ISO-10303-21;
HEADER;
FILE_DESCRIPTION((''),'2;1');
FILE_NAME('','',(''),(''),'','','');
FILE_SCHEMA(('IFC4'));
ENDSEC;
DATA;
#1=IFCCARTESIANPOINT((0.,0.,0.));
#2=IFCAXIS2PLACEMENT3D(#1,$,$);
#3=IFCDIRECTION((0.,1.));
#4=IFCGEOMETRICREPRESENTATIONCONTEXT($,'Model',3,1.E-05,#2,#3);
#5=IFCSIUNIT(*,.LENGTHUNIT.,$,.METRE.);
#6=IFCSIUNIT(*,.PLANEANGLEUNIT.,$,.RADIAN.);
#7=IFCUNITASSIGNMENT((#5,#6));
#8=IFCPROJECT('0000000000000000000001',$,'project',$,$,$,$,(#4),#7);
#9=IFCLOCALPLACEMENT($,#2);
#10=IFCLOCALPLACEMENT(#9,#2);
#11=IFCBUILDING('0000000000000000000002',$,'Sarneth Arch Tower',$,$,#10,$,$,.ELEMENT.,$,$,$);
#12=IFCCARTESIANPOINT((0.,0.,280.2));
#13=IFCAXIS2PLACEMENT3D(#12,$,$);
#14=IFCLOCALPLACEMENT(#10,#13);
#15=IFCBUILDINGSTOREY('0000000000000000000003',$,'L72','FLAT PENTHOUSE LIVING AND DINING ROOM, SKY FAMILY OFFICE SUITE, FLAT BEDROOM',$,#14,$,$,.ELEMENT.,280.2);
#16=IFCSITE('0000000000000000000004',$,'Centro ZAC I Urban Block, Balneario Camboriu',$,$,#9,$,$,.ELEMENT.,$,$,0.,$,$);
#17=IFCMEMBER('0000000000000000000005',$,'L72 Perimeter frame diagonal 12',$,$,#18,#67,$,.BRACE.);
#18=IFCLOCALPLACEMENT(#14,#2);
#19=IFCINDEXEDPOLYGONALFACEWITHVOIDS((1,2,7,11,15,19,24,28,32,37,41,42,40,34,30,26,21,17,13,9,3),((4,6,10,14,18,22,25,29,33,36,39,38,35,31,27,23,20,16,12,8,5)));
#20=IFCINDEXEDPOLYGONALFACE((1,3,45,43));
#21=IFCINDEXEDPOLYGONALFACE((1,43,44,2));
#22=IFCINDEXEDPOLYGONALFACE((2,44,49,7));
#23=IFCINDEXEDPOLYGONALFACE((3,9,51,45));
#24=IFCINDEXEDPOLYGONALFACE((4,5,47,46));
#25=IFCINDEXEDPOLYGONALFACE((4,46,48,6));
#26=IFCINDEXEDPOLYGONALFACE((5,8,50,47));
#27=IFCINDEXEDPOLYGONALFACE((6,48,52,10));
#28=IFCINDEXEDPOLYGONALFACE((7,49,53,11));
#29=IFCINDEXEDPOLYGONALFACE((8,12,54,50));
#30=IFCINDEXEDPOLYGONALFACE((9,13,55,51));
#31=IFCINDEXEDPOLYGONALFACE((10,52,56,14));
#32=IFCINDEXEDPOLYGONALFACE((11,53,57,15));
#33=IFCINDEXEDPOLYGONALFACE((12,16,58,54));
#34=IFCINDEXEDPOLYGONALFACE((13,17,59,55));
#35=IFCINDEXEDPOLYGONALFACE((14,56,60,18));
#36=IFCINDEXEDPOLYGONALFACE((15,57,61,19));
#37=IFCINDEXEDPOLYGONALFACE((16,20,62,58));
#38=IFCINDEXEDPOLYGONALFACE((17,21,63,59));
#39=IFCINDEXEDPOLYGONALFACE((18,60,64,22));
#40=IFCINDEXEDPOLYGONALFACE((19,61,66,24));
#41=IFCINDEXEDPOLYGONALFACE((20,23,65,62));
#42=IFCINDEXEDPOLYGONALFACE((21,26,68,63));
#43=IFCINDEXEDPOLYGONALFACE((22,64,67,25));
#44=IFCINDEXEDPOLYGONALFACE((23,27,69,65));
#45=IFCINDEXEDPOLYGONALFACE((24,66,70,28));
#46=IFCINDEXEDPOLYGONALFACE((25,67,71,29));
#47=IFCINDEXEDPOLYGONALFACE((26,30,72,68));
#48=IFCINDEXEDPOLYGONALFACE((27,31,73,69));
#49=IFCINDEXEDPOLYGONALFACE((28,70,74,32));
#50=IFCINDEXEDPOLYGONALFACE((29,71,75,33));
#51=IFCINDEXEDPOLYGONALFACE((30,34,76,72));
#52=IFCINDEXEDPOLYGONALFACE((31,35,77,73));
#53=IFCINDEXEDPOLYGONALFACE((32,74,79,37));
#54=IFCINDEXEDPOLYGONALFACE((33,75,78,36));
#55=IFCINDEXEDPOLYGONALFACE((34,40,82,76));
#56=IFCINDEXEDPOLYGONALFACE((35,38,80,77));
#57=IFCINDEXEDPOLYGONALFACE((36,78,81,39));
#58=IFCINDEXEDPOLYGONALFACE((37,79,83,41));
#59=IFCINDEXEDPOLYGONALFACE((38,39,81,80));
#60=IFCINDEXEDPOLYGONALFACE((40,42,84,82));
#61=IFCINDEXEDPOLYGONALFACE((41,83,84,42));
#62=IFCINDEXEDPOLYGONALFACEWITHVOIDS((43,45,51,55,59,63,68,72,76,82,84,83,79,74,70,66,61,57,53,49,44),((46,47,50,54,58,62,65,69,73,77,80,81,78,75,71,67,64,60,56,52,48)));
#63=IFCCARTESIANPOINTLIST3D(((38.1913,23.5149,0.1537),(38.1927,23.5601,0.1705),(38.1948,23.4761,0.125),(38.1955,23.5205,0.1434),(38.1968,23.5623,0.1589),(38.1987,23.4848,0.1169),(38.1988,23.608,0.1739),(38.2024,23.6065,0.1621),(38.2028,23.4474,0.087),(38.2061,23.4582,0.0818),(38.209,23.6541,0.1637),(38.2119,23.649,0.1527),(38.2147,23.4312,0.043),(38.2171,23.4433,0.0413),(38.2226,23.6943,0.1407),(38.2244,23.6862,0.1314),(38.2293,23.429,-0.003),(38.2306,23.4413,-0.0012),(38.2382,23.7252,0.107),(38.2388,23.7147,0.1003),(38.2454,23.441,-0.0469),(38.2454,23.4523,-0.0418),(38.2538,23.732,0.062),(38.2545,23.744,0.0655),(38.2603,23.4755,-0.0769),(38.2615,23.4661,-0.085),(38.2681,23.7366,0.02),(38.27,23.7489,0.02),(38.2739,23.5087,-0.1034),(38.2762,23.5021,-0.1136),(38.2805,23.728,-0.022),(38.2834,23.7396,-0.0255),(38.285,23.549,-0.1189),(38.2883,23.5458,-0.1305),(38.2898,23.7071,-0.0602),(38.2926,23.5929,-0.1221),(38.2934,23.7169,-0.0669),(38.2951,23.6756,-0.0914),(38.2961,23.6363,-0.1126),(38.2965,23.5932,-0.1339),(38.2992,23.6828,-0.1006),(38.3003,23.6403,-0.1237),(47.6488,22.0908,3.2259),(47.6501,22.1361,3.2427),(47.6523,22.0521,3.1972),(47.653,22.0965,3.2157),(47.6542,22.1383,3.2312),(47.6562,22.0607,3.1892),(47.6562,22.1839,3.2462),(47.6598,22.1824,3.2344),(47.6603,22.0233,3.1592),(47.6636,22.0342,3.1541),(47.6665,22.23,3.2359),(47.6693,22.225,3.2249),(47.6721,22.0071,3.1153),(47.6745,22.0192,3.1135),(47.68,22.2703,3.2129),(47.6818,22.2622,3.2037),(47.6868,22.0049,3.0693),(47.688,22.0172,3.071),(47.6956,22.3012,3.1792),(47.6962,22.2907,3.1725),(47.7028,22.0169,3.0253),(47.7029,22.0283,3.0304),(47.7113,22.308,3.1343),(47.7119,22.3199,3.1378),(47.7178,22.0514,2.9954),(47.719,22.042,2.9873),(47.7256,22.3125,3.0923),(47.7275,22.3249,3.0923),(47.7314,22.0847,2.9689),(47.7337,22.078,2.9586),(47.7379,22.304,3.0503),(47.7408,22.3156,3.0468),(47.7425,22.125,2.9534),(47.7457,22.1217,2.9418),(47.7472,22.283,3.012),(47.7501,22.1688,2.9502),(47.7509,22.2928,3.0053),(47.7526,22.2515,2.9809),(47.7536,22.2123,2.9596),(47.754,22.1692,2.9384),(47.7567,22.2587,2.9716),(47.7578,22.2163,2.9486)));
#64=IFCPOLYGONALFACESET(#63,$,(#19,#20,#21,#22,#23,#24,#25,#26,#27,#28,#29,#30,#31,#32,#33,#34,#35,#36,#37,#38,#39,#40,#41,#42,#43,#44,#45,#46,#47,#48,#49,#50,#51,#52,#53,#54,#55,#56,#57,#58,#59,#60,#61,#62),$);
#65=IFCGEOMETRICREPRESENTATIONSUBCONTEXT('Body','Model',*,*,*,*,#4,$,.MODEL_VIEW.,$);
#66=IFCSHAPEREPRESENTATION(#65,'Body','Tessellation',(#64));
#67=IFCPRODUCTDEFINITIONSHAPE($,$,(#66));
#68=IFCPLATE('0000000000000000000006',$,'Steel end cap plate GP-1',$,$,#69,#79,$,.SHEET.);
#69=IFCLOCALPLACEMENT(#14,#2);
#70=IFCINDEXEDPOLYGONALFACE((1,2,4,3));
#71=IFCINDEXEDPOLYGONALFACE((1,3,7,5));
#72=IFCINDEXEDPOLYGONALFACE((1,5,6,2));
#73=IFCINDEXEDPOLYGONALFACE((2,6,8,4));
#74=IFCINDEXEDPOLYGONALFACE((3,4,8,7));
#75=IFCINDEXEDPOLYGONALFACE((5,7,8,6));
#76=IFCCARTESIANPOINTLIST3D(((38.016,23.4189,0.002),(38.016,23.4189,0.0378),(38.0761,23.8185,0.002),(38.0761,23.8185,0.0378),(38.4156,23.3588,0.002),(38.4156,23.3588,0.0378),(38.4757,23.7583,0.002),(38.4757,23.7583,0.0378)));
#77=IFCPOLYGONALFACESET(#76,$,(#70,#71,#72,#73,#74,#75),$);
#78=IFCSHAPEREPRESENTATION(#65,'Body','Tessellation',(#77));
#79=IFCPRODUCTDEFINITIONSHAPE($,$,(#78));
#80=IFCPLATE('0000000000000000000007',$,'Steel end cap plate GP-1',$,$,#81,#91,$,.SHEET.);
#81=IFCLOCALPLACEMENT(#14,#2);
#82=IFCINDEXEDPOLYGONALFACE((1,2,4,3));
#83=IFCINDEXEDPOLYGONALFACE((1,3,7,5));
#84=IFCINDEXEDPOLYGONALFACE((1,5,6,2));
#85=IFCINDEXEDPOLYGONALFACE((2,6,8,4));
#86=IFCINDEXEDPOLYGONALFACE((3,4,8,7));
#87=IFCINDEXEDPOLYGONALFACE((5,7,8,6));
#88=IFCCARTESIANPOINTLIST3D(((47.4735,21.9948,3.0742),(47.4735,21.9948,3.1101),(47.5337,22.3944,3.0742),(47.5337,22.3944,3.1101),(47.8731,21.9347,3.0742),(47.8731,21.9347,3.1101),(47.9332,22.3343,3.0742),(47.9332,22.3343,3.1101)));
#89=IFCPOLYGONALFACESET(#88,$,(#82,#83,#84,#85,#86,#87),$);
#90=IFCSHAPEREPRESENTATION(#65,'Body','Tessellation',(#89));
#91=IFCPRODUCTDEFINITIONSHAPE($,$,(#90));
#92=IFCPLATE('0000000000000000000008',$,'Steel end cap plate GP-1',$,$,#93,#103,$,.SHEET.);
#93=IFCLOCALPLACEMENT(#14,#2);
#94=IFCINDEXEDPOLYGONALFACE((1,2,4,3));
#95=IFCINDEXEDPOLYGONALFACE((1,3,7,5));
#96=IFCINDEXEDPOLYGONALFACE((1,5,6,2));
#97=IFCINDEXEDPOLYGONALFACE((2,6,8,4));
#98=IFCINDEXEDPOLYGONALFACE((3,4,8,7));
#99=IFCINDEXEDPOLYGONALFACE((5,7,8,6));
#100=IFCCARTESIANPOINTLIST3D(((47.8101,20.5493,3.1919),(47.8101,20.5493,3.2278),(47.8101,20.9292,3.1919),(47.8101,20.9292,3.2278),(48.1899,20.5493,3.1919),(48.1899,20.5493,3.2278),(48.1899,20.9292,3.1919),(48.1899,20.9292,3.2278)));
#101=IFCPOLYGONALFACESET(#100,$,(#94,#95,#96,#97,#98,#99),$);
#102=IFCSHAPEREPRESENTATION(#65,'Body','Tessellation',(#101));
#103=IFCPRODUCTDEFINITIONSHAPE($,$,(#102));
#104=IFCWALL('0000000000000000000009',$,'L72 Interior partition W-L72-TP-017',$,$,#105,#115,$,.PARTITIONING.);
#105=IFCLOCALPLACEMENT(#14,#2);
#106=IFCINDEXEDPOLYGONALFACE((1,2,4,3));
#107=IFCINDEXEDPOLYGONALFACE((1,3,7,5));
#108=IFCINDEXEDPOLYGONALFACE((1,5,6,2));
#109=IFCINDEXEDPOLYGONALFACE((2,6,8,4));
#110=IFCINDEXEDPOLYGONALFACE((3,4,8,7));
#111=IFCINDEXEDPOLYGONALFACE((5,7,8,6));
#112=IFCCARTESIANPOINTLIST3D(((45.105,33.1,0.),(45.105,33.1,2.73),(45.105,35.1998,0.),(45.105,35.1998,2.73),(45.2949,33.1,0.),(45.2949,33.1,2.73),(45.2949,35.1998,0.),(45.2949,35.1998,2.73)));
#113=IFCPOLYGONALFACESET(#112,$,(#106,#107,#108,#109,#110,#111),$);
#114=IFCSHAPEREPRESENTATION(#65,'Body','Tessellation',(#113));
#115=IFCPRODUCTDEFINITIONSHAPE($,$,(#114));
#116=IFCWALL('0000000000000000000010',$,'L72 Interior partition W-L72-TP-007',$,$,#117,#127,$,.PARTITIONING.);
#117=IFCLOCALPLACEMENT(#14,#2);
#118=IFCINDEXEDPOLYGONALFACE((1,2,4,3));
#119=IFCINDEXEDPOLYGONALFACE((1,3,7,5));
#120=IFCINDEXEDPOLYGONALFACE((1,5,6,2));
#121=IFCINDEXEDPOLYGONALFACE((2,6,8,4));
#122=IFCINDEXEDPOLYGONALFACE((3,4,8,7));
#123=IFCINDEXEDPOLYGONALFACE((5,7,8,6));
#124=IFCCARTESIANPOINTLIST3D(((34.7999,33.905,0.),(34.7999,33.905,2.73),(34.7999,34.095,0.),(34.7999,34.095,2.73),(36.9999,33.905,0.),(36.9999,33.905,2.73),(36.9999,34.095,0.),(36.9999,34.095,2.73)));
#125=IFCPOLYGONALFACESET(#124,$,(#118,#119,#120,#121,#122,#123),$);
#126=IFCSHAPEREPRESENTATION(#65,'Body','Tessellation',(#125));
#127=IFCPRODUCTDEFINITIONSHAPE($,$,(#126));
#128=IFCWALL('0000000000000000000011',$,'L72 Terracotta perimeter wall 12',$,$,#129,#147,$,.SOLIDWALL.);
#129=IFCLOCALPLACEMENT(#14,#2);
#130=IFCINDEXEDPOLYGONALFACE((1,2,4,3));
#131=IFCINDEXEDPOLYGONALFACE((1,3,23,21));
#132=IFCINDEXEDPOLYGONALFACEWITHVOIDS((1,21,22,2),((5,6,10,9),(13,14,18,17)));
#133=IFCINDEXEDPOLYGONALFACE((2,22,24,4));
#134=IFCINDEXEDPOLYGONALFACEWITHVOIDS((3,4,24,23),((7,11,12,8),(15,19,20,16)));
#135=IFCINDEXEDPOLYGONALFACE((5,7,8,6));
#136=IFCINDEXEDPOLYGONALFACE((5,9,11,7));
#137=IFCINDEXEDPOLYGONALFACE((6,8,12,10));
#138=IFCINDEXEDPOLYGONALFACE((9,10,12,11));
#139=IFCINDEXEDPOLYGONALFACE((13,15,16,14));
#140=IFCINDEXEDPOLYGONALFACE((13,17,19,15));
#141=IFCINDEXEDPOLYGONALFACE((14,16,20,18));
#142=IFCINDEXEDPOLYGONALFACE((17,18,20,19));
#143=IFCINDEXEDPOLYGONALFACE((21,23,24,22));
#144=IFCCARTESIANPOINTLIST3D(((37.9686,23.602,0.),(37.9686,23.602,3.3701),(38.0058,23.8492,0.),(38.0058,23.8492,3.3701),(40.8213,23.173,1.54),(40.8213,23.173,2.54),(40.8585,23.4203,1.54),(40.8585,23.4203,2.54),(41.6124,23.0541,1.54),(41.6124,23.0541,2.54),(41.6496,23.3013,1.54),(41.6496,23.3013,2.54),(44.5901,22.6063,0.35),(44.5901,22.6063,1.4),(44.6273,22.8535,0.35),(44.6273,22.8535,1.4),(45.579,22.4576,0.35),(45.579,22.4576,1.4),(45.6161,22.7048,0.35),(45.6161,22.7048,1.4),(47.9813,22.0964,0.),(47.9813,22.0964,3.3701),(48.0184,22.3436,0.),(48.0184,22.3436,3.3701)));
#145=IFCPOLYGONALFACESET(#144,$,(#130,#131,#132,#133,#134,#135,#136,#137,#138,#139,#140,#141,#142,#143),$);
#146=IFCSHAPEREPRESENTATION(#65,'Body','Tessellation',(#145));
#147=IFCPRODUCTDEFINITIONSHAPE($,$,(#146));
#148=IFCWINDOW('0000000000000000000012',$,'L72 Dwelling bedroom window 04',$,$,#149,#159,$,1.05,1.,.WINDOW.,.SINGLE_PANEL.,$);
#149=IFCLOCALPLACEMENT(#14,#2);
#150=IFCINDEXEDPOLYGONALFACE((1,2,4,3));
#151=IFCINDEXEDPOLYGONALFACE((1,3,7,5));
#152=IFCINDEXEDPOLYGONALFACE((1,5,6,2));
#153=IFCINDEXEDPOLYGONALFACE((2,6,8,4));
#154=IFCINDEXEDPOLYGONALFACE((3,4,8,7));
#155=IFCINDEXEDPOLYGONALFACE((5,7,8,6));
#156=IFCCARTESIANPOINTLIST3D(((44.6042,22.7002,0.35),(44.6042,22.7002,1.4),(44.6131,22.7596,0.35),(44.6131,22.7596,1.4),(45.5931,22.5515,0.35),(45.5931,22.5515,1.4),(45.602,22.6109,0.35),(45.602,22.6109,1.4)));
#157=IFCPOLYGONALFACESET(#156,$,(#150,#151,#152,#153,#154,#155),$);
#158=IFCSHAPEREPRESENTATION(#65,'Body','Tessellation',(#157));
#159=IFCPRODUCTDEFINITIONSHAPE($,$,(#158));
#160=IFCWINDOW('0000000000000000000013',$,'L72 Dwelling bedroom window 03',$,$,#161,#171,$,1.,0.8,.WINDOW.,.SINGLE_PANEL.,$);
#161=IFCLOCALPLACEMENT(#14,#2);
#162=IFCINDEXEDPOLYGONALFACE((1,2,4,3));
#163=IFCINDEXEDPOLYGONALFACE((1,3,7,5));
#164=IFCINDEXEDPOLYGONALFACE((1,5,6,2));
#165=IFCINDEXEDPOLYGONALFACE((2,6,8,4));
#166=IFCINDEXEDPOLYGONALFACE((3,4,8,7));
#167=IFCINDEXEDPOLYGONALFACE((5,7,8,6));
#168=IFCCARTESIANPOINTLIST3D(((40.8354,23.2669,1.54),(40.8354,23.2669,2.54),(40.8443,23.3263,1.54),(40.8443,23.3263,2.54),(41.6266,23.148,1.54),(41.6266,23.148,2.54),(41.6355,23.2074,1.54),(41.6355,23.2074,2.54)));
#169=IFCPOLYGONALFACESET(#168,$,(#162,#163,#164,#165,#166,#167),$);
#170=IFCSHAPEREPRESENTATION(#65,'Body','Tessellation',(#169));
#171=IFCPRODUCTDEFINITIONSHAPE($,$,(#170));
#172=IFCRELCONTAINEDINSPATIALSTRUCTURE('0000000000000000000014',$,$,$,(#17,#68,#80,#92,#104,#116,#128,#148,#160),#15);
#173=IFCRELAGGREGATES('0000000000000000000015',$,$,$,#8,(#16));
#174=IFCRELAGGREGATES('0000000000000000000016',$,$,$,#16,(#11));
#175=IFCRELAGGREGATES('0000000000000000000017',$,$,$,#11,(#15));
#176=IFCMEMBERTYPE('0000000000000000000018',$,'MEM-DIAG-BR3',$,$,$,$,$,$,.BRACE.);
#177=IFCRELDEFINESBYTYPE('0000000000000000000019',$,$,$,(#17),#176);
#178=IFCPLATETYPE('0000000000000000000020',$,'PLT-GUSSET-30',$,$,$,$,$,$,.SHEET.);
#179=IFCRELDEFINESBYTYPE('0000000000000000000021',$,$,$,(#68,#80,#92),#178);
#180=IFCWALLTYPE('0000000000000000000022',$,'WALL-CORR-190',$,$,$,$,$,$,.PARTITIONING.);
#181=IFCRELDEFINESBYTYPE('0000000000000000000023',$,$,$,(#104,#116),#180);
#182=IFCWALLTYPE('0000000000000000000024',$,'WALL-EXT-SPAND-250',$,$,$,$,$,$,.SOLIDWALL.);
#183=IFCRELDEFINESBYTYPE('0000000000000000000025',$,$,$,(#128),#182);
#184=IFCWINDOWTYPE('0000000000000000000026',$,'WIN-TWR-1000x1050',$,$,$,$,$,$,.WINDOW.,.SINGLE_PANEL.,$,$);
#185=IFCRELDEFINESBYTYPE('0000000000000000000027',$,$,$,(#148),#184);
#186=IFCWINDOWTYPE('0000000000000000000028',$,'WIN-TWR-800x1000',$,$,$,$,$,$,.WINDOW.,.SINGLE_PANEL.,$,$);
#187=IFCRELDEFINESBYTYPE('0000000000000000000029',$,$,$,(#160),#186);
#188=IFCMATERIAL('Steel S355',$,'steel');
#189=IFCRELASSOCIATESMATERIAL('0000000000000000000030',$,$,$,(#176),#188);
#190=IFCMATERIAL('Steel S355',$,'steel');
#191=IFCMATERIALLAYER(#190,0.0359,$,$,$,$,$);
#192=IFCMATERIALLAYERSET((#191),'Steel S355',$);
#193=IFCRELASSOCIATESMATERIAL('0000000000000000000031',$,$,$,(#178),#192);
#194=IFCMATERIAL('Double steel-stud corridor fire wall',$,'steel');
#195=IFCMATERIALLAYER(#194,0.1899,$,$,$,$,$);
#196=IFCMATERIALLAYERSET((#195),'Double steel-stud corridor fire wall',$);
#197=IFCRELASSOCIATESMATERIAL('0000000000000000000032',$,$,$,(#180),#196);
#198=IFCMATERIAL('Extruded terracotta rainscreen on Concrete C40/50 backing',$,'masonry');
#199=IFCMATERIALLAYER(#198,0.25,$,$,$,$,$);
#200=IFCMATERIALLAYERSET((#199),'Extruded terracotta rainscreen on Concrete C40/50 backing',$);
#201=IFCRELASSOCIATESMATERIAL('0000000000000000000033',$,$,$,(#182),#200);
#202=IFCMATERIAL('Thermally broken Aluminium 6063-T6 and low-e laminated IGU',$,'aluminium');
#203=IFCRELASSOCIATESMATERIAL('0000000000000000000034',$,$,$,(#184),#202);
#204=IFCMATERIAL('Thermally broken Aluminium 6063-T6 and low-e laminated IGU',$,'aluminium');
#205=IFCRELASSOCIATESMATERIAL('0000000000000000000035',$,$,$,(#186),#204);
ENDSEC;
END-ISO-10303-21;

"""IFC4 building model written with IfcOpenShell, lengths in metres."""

from ifc_helpers import new_model, si_unit, direction, frame, frame_2d, origin, origin_2d, place, context, subcontext, project, spatial, rectangle, hollow_circle, extrude, material, layer, layer_set, material_profile, profile_set, type_object, element, fill, save


model = new_model("IFC4")

# Units and contexts
model_context = context("Model", 3, precision=1e-05, world=origin(), true_north=direction((0.0, 1.0)))
body_context = subcontext(model_context, "Body", "Model", "MODEL_VIEW")
ifc_project = project(units=[si_unit("LENGTHUNIT", "METRE"), si_unit("PLANEANGLEUNIT", "RADIAN")], contexts=[model_context])

# Site, building, storey
site_placement = place(None, origin())
site = spatial("IfcSite", under=ifc_project, at=site_placement, Name="Centro ZAC I Urban Block, Balneario Camboriu", CompositionType="ELEMENT", RefElevation=0.0)
building_placement = place(site_placement, origin())
building = spatial("IfcBuilding", under=site, at=building_placement, Name="Sarneth Arch Tower", CompositionType="ELEMENT")
storey_placement = place(building_placement, frame((0.0, 0.0, 280.2)))
storey = spatial("IfcBuildingStorey", under=building, at=storey_placement, Name="L72", Description="FLAT PENTHOUSE LIVING AND DINING ROOM, SKY FAMILY OFFICE SUITE, FLAT BEDROOM", CompositionType="ELEMENT", Elevation=280.2)

# Member
ifc_material_1 = material(Name="Steel S355", Category="steel")
ifc_material_profile_1 = material_profile(ifc_material_1, hollow_circle(Radius=0.1621, WallThickness=0.0125, at=origin_2d()), Name="CHS324x12.5")
ifc_profile_set_1 = profile_set([ifc_material_profile_1], Name="Steel S355")
member_type_1 = type_object("IfcMemberType", Name="MEM-DIAG-BR3", PredefinedType="BRACE", material=ifc_profile_set_1)
member_1_placement = place(storey_placement, frame((38.2458, 23.5886, 0.02), z_axis=(0.941471, -0.141763, 0.305836), x_axis=(0.148897, 0.988853, 0.0)))
element("IfcMember", 1, at=member_1_placement, inside=storey, type_object=member_type_1, Name="L72 Perimeter frame diagonal 12", PredefinedType="BRACE", context=body_context, shape_type="SweptSolid", body=[
    extrude(hollow_circle(Radius=0.1621, WallThickness=0.0125, at=origin_2d()), origin(), (0.0, 0.0, 1.0), 10.0454),
])

# Plates
ifc_material_2 = material(Name="Steel S355", Category="steel")
ifc_layer_1 = layer(ifc_material_2, 0.0359)
ifc_layer_set_1 = layer_set([ifc_layer_1], Name="Steel S355")
plate_type = type_object("IfcPlateType", Name="PLT-GUSSET-30", PredefinedType="SHEET", material=ifc_layer_set_1)
for number, where, z_axis, x_axis, name in (
    (2, (38.2458, 23.5886, 0.002), (0.0, 0.0, 1.0), (0.988861, -0.148845, 0.0), "Steel end cap plate GP-1"),
    (3, (47.7034, 22.1646, 3.0742), (0.0, 0.0, 1.0), (0.988861, -0.148845, 0.0), "Steel end cap plate GP-1"),
):
    element("IfcPlate", number, at=place(storey_placement, frame(where, z_axis=z_axis, x_axis=x_axis)), inside=storey, type_object=plate_type, Name=name, PredefinedType="SHEET", context=body_context, shape_type="SweptSolid", body=[
        extrude(rectangle(XDim=0.4041, YDim=0.4041, at=origin_2d()), origin(), (0.0, 0.0, 1.0), 0.0359),
    ])
plate_placement = place(storey_placement, frame((48.0, 20.7393, 3.1919), z_axis=(0.0, 0.0, 1.0), x_axis=(0.0, -1.0, 0.0)))
element("IfcPlate", 4, at=plate_placement, inside=storey, type_object=plate_type, Name="Steel end cap plate GP-1", PredefinedType="SHEET", context=body_context, shape_type="SweptSolid", body=[
    extrude(rectangle(XDim=0.3799, YDim=0.3799, at=origin_2d()), origin(), (0.0, 0.0, 1.0), 0.0359),
])

# Walls
ifc_material_3 = material(Name="Double steel-stud corridor fire wall", Category="steel")
ifc_layer_2 = layer(ifc_material_3, 0.1899)
ifc_layer_set_2 = layer_set([ifc_layer_2], Name="Double steel-stud corridor fire wall")
wall_type_1 = type_object("IfcWallType", Name="WALL-CORR-190", PredefinedType="PARTITIONING", material=ifc_layer_set_2)
wall_1_placement = place(storey_placement, frame((45.2, 33.1001, 0.0), z_axis=(0.0, 0.0, 1.0), x_axis=(0.0, 1.0, 0.0)))
element("IfcWall", 5, at=wall_1_placement, inside=storey, type_object=wall_type_1, Name="L72 Interior partition W-L72-TP-017", PredefinedType="PARTITIONING", context=body_context, shape_type="SweptSolid", body=[
    extrude(rectangle(XDim=2.0999, YDim=0.1899, at=frame_2d((1.0498, 0.0))), origin(), (0.0, 0.0, 1.0), 2.73),
])
wall_2_placement = place(storey_placement, frame((37.0, 34.0, 0.0), z_axis=(0.0, 0.0, 1.0), x_axis=(-1.0, 0.0, 0.0)))
element("IfcWall", 6, at=wall_2_placement, inside=storey, type_object=wall_type_1, Name="L72 Interior partition W-L72-TP-007", PredefinedType="PARTITIONING", context=body_context, shape_type="SweptSolid", body=[
    extrude(rectangle(XDim=2.2, YDim=0.1899, at=frame_2d((1.1001, 0.0))), origin(), (0.0, 0.0, 1.0), 2.73),
])

# Wall, openings, windows
ifc_material_4 = material(Name="Extruded terracotta rainscreen on Concrete C40/50 backing", Category="masonry")
ifc_layer_3 = layer(ifc_material_4, 0.25)
ifc_layer_set_3 = layer_set([ifc_layer_3], Name="Extruded terracotta rainscreen on Concrete C40/50 backing")
wall_type_2 = type_object("IfcWallType", Name="WALL-EXT-SPAND-250", PredefinedType="SOLIDWALL", material=ifc_layer_set_3)
wall_3_placement = place(storey_placement, frame((37.9873, 23.7256, 0.0), z_axis=(0.0, 0.0, 1.0), x_axis=(0.988883, -0.148699, 0.0)))
wall_3 = element("IfcWall", 7, at=wall_3_placement, inside=storey, type_object=wall_type_2, Name="L72 Terracotta perimeter wall 12", PredefinedType="SOLIDWALL", context=body_context, shape_type="SweptSolid", body=[
    extrude(rectangle(XDim=10.1252, YDim=0.25, at=frame_2d((5.0625, 0.0))), origin(), (0.0, 0.0, 1.0), 3.3701),
])
opening_1_placement = place(wall_3_placement, frame((2.8848, 0.0, 1.54)))
opening_1 = element("IfcOpeningElement", 8, at=opening_1_placement, cuts=wall_3, PredefinedType="OPENING", context=body_context, shape_type="SweptSolid", body=[
    extrude(rectangle(XDim=0.8, YDim=1.0, at=frame_2d((0.3999, 0.5))), frame((0.0, 0.135, 0.0), z_axis=(0.0, -1.0, 0.0), x_axis=(1.0, 0.0, 0.0)), (0.0, 0.0, 1.0), 0.27),
])
opening_2_placement = place(wall_3_placement, frame((6.6958, 0.0, 0.3501)))
opening_2 = element("IfcOpeningElement", 9, at=opening_2_placement, cuts=wall_3, PredefinedType="OPENING", context=body_context, shape_type="SweptSolid", body=[
    extrude(rectangle(XDim=1.0, YDim=1.05, at=frame_2d((0.5, 0.5249))), frame((0.0, 0.135, 0.0), z_axis=(0.0, -1.0, 0.0), x_axis=(1.0, 0.0, 0.0)), (0.0, 0.0, 1.0), 0.27),
])
ifc_material_5 = material(Name="Thermally broken Aluminium 6063-T6 and low-e laminated IGU", Category="aluminium")
window_type_1 = type_object("IfcWindowType", Name="WIN-TWR-1000x1050", PartitioningType="SINGLE_PANEL", PredefinedType="WINDOW", material=ifc_material_5)
window_1_placement = place(opening_2_placement, origin())
window_1 = element("IfcWindow", 10, at=window_1_placement, inside=storey, type_object=window_type_1, Name="L72 Dwelling bedroom window 04", OverallHeight=1.05, OverallWidth=1.0, PartitioningType="SINGLE_PANEL", PredefinedType="WINDOW", context=body_context, shape_type="SweptSolid", body=[
    extrude(rectangle(XDim=1.0, YDim=1.05, at=frame_2d((0.5, 0.5249))), frame((0.0, 0.03, 0.0), z_axis=(0.0, -1.0, 0.0), x_axis=(1.0, 0.0, 0.0)), (0.0, 0.0, 1.0), 0.0601),
])
fill(opening_2, window_1)
ifc_material_6 = material(Name="Thermally broken Aluminium 6063-T6 and low-e laminated IGU", Category="aluminium")
window_type_2 = type_object("IfcWindowType", Name="WIN-TWR-800x1000", PartitioningType="SINGLE_PANEL", PredefinedType="WINDOW", material=ifc_material_6)
window_2_placement = place(opening_1_placement, origin())
window_2 = element("IfcWindow", 11, at=window_2_placement, inside=storey, type_object=window_type_2, Name="L72 Dwelling bedroom window 03", OverallHeight=1.0, OverallWidth=0.8, PartitioningType="SINGLE_PANEL", PredefinedType="WINDOW", context=body_context, shape_type="SweptSolid", body=[
    extrude(rectangle(XDim=0.8, YDim=1.0, at=frame_2d((0.3999, 0.5))), frame((0.0, 0.03, 0.0), z_axis=(0.0, -1.0, 0.0), x_axis=(1.0, 0.0, 0.0)), (0.0, 0.0, 1.0), 0.0601),
])
fill(opening_1, window_2)

save(model, "model.ifc")
